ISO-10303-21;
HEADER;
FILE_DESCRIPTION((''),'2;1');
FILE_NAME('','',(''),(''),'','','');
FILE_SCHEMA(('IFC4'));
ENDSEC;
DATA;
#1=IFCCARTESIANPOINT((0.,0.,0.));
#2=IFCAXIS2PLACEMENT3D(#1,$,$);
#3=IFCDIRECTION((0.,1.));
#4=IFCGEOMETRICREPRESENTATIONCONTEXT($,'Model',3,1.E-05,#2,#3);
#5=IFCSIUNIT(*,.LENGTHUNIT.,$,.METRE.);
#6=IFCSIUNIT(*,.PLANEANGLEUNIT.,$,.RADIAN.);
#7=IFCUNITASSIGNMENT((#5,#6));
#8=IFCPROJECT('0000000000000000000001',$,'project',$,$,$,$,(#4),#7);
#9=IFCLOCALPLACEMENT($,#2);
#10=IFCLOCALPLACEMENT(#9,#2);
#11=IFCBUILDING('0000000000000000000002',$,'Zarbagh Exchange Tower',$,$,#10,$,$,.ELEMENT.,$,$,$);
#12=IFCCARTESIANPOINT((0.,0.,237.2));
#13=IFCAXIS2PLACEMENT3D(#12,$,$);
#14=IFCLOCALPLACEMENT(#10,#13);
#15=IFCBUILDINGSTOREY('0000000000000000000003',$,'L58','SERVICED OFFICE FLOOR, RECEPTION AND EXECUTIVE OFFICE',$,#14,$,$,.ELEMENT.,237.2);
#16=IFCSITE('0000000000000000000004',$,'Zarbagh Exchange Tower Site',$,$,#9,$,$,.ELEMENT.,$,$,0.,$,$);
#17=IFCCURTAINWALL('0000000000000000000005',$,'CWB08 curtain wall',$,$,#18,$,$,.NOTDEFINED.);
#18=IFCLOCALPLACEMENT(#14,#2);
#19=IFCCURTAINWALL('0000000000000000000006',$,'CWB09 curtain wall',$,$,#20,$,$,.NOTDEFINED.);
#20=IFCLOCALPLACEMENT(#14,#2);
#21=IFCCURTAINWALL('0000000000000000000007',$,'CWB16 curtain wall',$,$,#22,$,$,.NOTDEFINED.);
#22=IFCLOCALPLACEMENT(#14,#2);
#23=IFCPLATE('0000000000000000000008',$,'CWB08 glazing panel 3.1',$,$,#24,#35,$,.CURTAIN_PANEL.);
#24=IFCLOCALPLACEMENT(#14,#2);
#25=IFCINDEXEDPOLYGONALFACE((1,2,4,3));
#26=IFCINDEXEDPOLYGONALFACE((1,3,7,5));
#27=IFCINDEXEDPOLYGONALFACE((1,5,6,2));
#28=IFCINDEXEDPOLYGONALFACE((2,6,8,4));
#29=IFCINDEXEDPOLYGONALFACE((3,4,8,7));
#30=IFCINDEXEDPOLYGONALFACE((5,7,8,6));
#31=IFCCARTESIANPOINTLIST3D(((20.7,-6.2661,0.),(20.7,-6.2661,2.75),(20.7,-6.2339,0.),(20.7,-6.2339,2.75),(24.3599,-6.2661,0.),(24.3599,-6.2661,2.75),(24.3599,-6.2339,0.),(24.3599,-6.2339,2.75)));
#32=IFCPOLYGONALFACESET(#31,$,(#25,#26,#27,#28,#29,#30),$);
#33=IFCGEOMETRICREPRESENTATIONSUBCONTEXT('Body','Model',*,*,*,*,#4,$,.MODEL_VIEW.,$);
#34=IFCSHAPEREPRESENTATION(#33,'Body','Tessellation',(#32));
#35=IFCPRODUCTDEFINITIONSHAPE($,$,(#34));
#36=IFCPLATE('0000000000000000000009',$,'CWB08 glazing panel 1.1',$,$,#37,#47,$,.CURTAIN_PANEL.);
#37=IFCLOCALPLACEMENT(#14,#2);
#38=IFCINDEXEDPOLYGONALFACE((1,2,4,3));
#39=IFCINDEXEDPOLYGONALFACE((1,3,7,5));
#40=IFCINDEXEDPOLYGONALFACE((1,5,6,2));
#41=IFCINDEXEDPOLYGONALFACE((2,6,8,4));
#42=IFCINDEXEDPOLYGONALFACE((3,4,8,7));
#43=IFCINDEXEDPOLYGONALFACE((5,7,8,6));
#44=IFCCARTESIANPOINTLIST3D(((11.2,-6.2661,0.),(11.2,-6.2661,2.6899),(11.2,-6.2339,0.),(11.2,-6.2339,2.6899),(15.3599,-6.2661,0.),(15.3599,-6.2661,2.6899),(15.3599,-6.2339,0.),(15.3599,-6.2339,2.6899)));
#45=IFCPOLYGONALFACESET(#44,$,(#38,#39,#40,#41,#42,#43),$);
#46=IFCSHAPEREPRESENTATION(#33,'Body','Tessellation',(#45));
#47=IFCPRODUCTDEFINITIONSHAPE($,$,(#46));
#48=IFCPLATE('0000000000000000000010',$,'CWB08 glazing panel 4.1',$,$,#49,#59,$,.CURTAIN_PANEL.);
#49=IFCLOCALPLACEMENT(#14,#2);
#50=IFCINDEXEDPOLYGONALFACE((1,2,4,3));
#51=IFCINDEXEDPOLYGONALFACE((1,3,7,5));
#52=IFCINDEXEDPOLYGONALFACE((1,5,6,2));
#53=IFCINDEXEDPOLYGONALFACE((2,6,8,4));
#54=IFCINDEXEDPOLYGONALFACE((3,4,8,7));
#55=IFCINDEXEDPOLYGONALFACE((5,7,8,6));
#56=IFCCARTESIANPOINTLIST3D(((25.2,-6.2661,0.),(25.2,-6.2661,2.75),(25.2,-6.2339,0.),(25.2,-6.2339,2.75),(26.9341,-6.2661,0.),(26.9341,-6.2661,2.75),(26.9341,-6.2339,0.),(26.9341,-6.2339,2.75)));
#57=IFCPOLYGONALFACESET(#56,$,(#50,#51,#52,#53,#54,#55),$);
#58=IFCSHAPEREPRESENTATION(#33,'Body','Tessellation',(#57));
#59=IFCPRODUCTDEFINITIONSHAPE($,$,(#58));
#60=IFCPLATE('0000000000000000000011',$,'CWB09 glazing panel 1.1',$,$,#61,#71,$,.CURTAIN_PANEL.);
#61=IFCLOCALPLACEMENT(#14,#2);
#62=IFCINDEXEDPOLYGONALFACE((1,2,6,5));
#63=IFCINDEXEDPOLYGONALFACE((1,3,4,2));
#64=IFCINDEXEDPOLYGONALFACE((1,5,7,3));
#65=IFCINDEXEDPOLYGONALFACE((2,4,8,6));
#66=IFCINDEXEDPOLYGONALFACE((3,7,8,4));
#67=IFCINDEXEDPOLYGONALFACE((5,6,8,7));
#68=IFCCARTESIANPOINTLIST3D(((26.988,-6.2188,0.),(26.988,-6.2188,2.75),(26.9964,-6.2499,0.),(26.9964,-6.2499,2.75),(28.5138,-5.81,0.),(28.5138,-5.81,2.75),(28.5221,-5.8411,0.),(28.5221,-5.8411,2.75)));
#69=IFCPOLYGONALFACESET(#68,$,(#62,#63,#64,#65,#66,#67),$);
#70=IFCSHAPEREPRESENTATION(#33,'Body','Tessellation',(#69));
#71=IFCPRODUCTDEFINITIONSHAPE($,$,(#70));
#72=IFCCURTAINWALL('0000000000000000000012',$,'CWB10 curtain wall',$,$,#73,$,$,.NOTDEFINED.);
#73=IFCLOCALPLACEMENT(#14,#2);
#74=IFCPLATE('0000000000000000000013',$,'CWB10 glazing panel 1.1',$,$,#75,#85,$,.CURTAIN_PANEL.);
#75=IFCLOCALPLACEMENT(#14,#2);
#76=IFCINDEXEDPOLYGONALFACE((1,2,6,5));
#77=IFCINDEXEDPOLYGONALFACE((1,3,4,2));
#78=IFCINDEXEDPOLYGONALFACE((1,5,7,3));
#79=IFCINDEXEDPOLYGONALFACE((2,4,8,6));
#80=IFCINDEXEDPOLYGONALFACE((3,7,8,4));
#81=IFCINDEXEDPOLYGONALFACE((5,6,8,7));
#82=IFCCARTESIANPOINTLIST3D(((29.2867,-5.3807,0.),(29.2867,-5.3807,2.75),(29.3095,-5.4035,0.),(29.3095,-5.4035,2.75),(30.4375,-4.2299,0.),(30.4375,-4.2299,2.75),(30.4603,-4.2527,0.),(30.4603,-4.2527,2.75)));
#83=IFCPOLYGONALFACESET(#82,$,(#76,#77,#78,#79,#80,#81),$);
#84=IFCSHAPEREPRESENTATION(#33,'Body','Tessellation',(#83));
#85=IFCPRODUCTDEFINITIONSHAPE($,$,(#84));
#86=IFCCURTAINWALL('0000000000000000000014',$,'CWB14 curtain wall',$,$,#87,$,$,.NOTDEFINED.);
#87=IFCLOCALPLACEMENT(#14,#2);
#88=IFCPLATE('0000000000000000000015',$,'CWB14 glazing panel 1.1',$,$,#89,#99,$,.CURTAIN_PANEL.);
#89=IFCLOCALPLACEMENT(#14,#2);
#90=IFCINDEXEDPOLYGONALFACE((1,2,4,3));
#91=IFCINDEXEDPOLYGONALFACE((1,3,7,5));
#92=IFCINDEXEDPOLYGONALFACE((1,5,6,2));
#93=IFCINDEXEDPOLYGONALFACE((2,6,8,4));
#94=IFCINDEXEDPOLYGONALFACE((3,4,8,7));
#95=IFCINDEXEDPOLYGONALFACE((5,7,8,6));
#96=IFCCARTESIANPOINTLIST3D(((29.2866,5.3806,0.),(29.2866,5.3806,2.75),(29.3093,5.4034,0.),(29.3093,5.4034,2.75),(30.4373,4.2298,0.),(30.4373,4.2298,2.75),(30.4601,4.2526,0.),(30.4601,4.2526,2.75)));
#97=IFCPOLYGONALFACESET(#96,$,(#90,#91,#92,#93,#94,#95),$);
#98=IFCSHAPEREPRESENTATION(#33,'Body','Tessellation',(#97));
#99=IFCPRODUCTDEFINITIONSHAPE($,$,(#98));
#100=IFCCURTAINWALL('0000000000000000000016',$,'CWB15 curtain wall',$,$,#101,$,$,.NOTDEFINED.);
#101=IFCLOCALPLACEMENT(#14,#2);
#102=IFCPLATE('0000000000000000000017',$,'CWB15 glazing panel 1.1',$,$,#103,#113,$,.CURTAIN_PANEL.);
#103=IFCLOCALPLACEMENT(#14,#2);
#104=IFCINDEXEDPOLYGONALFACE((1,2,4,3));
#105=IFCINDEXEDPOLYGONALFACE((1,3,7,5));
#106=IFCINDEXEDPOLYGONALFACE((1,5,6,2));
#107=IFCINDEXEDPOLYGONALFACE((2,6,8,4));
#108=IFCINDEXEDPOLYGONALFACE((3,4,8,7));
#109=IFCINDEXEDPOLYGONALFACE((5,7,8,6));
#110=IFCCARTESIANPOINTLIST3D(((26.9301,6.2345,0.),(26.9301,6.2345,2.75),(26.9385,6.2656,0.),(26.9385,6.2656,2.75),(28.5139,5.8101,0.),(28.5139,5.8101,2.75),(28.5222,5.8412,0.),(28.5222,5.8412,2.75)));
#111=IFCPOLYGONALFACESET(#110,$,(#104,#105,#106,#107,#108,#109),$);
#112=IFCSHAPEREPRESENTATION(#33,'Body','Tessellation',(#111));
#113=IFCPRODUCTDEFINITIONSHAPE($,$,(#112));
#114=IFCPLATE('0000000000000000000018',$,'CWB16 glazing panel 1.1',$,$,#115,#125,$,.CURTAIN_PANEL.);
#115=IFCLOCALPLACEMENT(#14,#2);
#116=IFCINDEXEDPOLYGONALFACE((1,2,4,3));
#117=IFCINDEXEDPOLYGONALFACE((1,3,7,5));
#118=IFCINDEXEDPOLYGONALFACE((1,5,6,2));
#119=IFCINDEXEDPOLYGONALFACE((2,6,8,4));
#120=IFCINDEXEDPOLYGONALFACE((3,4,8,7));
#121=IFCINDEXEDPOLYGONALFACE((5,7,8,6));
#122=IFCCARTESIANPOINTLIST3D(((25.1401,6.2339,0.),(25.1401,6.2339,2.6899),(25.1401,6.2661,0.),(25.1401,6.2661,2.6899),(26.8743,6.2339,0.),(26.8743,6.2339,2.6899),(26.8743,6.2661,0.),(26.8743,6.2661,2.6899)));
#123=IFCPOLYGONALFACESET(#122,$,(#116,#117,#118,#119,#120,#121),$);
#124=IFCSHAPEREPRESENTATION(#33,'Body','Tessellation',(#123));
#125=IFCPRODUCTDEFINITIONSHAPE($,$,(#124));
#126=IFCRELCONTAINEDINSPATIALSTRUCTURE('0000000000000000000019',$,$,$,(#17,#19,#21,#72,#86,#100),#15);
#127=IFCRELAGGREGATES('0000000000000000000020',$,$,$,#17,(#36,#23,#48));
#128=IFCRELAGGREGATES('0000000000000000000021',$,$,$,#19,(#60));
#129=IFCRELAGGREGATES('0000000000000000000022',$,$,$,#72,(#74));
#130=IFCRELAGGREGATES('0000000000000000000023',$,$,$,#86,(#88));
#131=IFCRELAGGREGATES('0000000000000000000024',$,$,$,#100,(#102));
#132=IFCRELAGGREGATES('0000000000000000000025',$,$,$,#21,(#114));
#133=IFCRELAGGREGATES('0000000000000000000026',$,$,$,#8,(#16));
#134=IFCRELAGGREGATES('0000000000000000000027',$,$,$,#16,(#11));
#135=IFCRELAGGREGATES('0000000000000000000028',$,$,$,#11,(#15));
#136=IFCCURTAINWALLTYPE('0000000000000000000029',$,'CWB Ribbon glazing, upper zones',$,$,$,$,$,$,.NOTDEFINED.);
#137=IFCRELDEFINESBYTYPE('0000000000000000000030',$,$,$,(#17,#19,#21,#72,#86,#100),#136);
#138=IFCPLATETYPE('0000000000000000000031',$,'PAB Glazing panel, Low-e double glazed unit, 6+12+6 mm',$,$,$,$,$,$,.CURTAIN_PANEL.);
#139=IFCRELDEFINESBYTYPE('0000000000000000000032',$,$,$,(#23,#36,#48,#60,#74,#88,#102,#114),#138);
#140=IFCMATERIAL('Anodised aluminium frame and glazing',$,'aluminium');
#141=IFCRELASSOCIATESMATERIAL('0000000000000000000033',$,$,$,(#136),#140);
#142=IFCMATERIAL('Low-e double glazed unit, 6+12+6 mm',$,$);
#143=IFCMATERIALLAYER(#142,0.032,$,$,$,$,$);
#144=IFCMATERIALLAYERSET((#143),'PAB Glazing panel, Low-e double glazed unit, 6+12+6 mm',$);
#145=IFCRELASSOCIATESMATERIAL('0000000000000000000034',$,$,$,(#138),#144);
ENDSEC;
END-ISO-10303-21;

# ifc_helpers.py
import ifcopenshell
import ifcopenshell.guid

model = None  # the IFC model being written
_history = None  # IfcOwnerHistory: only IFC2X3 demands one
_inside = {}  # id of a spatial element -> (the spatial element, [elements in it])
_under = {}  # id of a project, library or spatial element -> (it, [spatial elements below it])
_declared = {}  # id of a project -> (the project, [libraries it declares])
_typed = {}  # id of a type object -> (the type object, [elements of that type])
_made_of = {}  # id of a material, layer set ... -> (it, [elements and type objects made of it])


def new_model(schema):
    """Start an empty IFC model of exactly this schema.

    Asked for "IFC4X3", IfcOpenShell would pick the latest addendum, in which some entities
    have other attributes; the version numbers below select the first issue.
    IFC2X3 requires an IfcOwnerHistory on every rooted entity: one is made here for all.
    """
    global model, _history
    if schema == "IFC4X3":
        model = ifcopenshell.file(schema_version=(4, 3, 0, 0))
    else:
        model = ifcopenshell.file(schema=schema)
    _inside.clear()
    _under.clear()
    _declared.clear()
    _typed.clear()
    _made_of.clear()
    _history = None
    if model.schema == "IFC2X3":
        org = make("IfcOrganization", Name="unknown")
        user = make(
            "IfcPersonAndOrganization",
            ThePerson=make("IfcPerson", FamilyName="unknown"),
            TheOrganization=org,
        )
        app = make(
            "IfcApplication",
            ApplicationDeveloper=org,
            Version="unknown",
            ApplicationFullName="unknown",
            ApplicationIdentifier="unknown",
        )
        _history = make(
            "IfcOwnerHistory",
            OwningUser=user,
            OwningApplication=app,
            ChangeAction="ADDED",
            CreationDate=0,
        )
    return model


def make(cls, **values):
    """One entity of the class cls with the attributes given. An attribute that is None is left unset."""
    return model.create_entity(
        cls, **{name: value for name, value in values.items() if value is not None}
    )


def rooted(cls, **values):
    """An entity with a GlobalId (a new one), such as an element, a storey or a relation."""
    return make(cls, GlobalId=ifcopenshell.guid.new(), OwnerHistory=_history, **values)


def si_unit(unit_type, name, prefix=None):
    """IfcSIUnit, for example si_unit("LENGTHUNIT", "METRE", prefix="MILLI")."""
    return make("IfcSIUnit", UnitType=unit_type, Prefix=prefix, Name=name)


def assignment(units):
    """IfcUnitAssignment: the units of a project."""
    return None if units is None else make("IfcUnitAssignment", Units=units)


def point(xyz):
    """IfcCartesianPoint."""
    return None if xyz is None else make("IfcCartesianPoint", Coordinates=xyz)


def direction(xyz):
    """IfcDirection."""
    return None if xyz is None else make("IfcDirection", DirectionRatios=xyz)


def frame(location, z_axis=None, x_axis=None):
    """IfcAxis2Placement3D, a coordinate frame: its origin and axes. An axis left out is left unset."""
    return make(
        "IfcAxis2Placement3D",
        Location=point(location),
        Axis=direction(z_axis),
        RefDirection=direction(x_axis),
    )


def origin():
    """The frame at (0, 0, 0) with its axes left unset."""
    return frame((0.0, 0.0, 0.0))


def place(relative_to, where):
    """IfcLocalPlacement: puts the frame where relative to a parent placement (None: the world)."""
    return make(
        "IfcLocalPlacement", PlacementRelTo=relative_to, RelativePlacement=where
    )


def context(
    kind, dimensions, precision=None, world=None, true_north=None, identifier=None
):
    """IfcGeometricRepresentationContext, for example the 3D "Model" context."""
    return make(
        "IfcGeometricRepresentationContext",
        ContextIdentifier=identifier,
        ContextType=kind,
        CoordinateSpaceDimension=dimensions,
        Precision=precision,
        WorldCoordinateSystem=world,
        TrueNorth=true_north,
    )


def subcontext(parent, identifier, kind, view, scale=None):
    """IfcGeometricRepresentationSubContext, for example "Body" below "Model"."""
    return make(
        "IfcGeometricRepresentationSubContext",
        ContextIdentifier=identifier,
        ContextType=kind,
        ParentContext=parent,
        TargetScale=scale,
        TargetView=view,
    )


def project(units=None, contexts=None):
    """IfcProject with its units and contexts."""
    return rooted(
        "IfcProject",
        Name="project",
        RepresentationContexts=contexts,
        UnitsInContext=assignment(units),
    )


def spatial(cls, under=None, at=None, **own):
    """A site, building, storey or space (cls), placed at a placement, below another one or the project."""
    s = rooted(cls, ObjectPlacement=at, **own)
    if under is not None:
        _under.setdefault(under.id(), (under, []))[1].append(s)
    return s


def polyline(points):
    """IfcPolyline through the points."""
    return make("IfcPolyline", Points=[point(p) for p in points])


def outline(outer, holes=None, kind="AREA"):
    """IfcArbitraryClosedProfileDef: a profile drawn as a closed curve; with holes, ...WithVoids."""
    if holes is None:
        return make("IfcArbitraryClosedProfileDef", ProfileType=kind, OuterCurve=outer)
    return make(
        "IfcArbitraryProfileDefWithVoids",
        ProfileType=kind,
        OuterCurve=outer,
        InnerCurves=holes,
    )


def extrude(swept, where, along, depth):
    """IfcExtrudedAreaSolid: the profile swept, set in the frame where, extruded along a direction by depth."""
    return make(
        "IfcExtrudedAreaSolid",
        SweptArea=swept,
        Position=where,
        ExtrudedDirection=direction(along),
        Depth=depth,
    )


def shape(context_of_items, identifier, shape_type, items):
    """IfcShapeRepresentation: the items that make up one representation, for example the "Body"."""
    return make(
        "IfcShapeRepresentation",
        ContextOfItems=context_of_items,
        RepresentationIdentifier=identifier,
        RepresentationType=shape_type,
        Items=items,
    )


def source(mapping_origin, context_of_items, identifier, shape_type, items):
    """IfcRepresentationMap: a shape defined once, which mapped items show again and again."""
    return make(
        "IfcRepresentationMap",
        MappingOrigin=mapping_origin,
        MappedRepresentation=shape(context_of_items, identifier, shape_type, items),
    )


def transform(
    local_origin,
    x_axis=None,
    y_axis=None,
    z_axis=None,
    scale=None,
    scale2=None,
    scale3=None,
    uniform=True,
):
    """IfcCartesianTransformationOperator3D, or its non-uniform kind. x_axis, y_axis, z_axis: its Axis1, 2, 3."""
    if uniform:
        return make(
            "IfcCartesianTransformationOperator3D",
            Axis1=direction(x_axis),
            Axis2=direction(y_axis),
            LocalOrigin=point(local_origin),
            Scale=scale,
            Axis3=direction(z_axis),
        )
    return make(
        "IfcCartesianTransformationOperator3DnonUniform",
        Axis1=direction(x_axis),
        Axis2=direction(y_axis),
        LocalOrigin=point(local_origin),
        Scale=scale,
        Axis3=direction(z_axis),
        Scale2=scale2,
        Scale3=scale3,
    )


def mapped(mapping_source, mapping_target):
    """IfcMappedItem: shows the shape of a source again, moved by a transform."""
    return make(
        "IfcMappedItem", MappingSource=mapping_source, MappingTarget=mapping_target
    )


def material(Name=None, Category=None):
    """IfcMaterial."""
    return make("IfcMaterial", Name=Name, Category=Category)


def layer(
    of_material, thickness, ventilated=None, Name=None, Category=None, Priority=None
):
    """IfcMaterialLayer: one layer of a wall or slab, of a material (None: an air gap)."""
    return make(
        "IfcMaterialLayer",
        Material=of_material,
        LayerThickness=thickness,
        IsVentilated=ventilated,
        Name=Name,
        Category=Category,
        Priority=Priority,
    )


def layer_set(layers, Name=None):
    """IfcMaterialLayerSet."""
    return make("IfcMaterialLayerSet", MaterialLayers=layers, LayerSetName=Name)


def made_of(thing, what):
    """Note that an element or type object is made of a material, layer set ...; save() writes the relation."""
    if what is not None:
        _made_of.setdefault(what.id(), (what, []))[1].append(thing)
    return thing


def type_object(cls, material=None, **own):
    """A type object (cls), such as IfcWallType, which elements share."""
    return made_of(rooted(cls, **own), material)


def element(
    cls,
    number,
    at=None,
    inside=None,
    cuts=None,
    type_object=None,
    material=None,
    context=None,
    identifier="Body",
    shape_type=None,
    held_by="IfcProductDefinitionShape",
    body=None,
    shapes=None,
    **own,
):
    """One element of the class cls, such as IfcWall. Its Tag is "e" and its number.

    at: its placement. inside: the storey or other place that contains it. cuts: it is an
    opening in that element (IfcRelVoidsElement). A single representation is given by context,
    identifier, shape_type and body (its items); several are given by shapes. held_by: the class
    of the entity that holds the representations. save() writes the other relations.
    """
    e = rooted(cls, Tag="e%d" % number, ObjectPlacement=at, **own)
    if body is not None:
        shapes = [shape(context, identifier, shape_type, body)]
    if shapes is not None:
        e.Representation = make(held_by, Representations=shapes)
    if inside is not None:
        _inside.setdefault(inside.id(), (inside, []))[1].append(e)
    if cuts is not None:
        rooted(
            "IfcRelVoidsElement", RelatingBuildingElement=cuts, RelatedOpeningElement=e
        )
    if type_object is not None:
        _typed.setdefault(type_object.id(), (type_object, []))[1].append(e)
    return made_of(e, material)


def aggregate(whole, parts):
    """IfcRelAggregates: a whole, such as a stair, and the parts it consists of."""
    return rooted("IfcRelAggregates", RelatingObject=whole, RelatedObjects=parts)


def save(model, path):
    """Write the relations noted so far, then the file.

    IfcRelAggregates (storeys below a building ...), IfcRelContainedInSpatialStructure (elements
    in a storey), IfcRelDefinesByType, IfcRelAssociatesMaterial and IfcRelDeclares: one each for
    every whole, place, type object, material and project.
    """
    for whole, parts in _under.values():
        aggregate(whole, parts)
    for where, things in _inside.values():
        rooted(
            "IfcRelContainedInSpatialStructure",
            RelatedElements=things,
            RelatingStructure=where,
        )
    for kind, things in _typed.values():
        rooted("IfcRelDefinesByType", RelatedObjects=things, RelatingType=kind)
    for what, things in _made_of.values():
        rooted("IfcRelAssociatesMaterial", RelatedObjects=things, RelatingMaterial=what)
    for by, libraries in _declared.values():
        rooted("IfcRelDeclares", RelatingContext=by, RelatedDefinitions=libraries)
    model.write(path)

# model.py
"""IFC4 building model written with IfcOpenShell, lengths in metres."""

from ifc_helpers import new_model, si_unit, direction, frame, origin, place, context, subcontext, project, spatial, polyline, outline, extrude, source, transform, mapped, material, layer, layer_set, type_object, element, aggregate, save


model = new_model("IFC4")

# Units and contexts
model_context = context("Model", 3, precision=1e-05, world=origin(), true_north=direction((0.0, 1.0)))
body_context = subcontext(model_context, "Body", "Model", "MODEL_VIEW")
ifc_project = project(units=[si_unit("LENGTHUNIT", "METRE"), si_unit("PLANEANGLEUNIT", "RADIAN")], contexts=[model_context])

# Site, building, storey
site_placement = place(None, origin())
site = spatial("IfcSite", under=ifc_project, at=site_placement, Name="Zarbagh Exchange Tower Site", CompositionType="ELEMENT", RefElevation=0.0)
building_placement = place(site_placement, origin())
building = spatial("IfcBuilding", under=site, at=building_placement, Name="Zarbagh Exchange Tower", CompositionType="ELEMENT")
storey_placement = place(building_placement, frame((0.0, 0.0, 237.2)))
storey = spatial("IfcBuildingStorey", under=building, at=storey_placement, Name="L58", Description="SERVICED OFFICE FLOOR, RECEPTION AND EXECUTIVE OFFICE", CompositionType="ELEMENT", Elevation=237.2)

# Curtain wall
ifc_material_1 = material(Name="Anodised aluminium frame and glazing", Category="aluminium")
curtain_wall_type = type_object("IfcCurtainWallType", Name="CWB Ribbon glazing, upper zones", PredefinedType="NOTDEFINED", material=ifc_material_1)
curtain_wall_1_placement = place(storey_placement, origin())
curtain_wall_1 = element("IfcCurtainWall", 1, at=curtain_wall_1_placement, inside=storey, type_object=curtain_wall_type, Name="CWB08 curtain wall", PredefinedType="NOTDEFINED")
placement = place(storey_placement, origin())

# Curtain wall
curtain_wall_2_placement = place(storey_placement, origin())
curtain_wall_2 = element("IfcCurtainWall", 2, at=curtain_wall_2_placement, inside=storey, type_object=curtain_wall_type, Name="CWB09 curtain wall", PredefinedType="NOTDEFINED")

# Curtain wall
curtain_wall_3_placement = place(storey_placement, origin())
curtain_wall_3 = element("IfcCurtainWall", 3, at=curtain_wall_3_placement, inside=storey, type_object=curtain_wall_type, Name="CWB16 curtain wall", PredefinedType="NOTDEFINED")

# Shared definitions
ifc_material_2 = material(Name="Low-e double glazed unit, 6+12+6 mm")
ifc_layer = layer(ifc_material_2, 0.032)
ifc_layer_set = layer_set([ifc_layer], Name="PAB Glazing panel, Low-e double glazed unit, 6+12+6 mm")
plate_type = type_object("IfcPlateType", Name="PAB Glazing panel, Low-e double glazed unit, 6+12+6 mm", PredefinedType="CURTAIN_PANEL", material=ifc_layer_set)

# Plates
shared_shape_1 = source(origin(), body_context, "Body", "SweptSolid", [
    extrude(outline(polyline([(0.0, -0.0161), (3.6599, -0.0161), (3.6599, 0.0161), (0.0, 0.0161), (0.0, -0.0161)])), origin(), (0.0, 0.0, 1.0), 2.75),
])
plate_1 = element("IfcPlate", 4, at=placement, type_object=plate_type, Name="CWB08 glazing panel 3.1", PredefinedType="CURTAIN_PANEL", context=body_context, shape_type="MappedRepresentation", body=[
    mapped(shared_shape_1, transform((20.7, -6.25, 0.0), x_axis=(1.0, 0.0, 0.0), y_axis=(0.0, 1.0, 0.0), z_axis=(0.0, 0.0, 1.0))),
])
shared_shape_2 = source(origin(), body_context, "Body", "SweptSolid", [
    extrude(outline(polyline([(0.0, -0.0161), (4.1599, -0.0161), (4.1599, 0.0161), (0.0, 0.0161), (0.0, -0.0161)])), origin(), (0.0, 0.0, 1.0), 2.6899),
])
plate_2 = element("IfcPlate", 5, at=placement, type_object=plate_type, Name="CWB08 glazing panel 1.1", PredefinedType="CURTAIN_PANEL", context=body_context, shape_type="MappedRepresentation", body=[
    mapped(shared_shape_2, transform((11.2, -6.25, 0.0), x_axis=(1.0, 0.0, 0.0), y_axis=(0.0, 1.0, 0.0), z_axis=(0.0, 0.0, 1.0))),
])
shared_shape_3 = source(origin(), body_context, "Body", "SweptSolid", [
    extrude(outline(polyline([(0.0, -0.0161), (1.7341, -0.0161), (1.7341, 0.0161), (0.0, 0.0161), (0.0, -0.0161)])), origin(), (0.0, 0.0, 1.0), 2.75),
])
plate_3 = element("IfcPlate", 6, at=placement, type_object=plate_type, Name="CWB08 glazing panel 4.1", PredefinedType="CURTAIN_PANEL", context=body_context, shape_type="MappedRepresentation", body=[
    mapped(shared_shape_3, transform((25.2, -6.25, 0.0), x_axis=(1.0, 0.0, 0.0), y_axis=(0.0, 1.0, 0.0), z_axis=(0.0, 0.0, 1.0))),
])
aggregate(curtain_wall_1, [plate_2, plate_1, plate_3])
shared_shape_4 = source(origin(), body_context, "Body", "SweptSolid", [
    extrude(outline(polyline([(0.0, -0.0161), (1.5796, -0.0161), (1.5796, 0.0161), (0.0, 0.0161), (0.0, -0.0161)])), origin(), (0.0, 0.0, 1.0), 2.75),
])
plate_4 = element("IfcPlate", 7, at=placement, type_object=plate_type, Name="CWB09 glazing panel 1.1", PredefinedType="CURTAIN_PANEL", context=body_context, shape_type="MappedRepresentation", body=[
    mapped(shared_shape_4, transform((26.9922, -6.2344, 0.0), x_axis=(0.965924, 0.258825, 0.0), y_axis=(-0.258825, 0.965924, 0.0), z_axis=(0.0, 0.0, 1.0))),
])
aggregate(curtain_wall_2, [plate_4])

# Curtain walls, plates
curtain_wall_4_placement = place(storey_placement, origin())
curtain_wall_4 = element("IfcCurtainWall", 8, at=curtain_wall_4_placement, inside=storey, type_object=curtain_wall_type, Name="CWB10 curtain wall", PredefinedType="NOTDEFINED")
shared_shape_5 = source(origin(), body_context, "Body", "SweptSolid", [
    extrude(outline(polyline([(0.0, -0.0161), (1.6274, -0.0161), (1.6274, 0.0161), (0.0, 0.0161), (0.0, -0.0161)])), origin(), (0.0, 0.0, 1.0), 2.75),
])
plate_5 = element("IfcPlate", 9, at=placement, type_object=plate_type, Name="CWB10 glazing panel 1.1", PredefinedType="CURTAIN_PANEL", context=body_context, shape_type="MappedRepresentation", body=[
    mapped(shared_shape_5, transform((29.2981, -5.3921, 0.0), x_axis=(0.707107, 0.707107, 0.0), y_axis=(-0.707107, 0.707107, 0.0), z_axis=(0.0, 0.0, 1.0))),
])
aggregate(curtain_wall_4, [plate_5])
curtain_wall_5_placement = place(storey_placement, origin())
curtain_wall_5 = element("IfcCurtainWall", 10, at=curtain_wall_5_placement, inside=storey, type_object=curtain_wall_type, Name="CWB14 curtain wall", PredefinedType="NOTDEFINED")
plate_6 = element("IfcPlate", 11, at=placement, type_object=plate_type, Name="CWB14 glazing panel 1.1", PredefinedType="CURTAIN_PANEL", context=body_context, shape_type="MappedRepresentation", body=[
    mapped(shared_shape_5, transform((30.4487, 4.2412, 0.0), x_axis=(-0.707107, 0.707107, 0.0), y_axis=(-0.707107, -0.707107, 0.0), z_axis=(0.0, 0.0, 1.0))),
])
aggregate(curtain_wall_5, [plate_6])
curtain_wall_6_placement = place(storey_placement, origin())
curtain_wall_6 = element("IfcCurtainWall", 12, at=curtain_wall_6_placement, inside=storey, type_object=curtain_wall_type, Name="CWB15 curtain wall", PredefinedType="NOTDEFINED")
shared_shape_6 = source(origin(), body_context, "Body", "SweptSolid", [
    extrude(outline(polyline([(0.0, -0.0161), (1.6396, -0.0161), (1.6396, 0.0161), (0.0, 0.0161), (0.0, -0.0161)])), origin(), (0.0, 0.0, 1.0), 2.75),
])
plate_7 = element("IfcPlate", 13, at=placement, type_object=plate_type, Name="CWB15 glazing panel 1.1", PredefinedType="CURTAIN_PANEL", context=body_context, shape_type="MappedRepresentation", body=[
    mapped(shared_shape_6, transform((28.5181, 5.8257, 0.0), x_axis=(-0.965924, 0.258825, 0.0), y_axis=(-0.258825, -0.965924, 0.0), z_axis=(0.0, 0.0, 1.0))),
])
aggregate(curtain_wall_6, [plate_7])

# Plate
shared_shape_7 = source(origin(), body_context, "Body", "SweptSolid", [
    extrude(outline(polyline([(0.0, -0.0161), (1.7341, -0.0161), (1.7341, 0.0161), (0.0, 0.0161), (0.0, -0.0161)])), origin(), (0.0, 0.0, 1.0), 2.6899),
])
plate_8 = element("IfcPlate", 14, at=placement, type_object=plate_type, Name="CWB16 glazing panel 1.1", PredefinedType="CURTAIN_PANEL", context=body_context, shape_type="MappedRepresentation", body=[
    mapped(shared_shape_7, transform((26.8743, 6.25, 0.0), x_axis=(-1.0, 0.0, 0.0), y_axis=(0.0, -1.0, 0.0), z_axis=(0.0, 0.0, 1.0))),
])
aggregate(curtain_wall_3, [plate_8])

save(model, "model.ifc")
